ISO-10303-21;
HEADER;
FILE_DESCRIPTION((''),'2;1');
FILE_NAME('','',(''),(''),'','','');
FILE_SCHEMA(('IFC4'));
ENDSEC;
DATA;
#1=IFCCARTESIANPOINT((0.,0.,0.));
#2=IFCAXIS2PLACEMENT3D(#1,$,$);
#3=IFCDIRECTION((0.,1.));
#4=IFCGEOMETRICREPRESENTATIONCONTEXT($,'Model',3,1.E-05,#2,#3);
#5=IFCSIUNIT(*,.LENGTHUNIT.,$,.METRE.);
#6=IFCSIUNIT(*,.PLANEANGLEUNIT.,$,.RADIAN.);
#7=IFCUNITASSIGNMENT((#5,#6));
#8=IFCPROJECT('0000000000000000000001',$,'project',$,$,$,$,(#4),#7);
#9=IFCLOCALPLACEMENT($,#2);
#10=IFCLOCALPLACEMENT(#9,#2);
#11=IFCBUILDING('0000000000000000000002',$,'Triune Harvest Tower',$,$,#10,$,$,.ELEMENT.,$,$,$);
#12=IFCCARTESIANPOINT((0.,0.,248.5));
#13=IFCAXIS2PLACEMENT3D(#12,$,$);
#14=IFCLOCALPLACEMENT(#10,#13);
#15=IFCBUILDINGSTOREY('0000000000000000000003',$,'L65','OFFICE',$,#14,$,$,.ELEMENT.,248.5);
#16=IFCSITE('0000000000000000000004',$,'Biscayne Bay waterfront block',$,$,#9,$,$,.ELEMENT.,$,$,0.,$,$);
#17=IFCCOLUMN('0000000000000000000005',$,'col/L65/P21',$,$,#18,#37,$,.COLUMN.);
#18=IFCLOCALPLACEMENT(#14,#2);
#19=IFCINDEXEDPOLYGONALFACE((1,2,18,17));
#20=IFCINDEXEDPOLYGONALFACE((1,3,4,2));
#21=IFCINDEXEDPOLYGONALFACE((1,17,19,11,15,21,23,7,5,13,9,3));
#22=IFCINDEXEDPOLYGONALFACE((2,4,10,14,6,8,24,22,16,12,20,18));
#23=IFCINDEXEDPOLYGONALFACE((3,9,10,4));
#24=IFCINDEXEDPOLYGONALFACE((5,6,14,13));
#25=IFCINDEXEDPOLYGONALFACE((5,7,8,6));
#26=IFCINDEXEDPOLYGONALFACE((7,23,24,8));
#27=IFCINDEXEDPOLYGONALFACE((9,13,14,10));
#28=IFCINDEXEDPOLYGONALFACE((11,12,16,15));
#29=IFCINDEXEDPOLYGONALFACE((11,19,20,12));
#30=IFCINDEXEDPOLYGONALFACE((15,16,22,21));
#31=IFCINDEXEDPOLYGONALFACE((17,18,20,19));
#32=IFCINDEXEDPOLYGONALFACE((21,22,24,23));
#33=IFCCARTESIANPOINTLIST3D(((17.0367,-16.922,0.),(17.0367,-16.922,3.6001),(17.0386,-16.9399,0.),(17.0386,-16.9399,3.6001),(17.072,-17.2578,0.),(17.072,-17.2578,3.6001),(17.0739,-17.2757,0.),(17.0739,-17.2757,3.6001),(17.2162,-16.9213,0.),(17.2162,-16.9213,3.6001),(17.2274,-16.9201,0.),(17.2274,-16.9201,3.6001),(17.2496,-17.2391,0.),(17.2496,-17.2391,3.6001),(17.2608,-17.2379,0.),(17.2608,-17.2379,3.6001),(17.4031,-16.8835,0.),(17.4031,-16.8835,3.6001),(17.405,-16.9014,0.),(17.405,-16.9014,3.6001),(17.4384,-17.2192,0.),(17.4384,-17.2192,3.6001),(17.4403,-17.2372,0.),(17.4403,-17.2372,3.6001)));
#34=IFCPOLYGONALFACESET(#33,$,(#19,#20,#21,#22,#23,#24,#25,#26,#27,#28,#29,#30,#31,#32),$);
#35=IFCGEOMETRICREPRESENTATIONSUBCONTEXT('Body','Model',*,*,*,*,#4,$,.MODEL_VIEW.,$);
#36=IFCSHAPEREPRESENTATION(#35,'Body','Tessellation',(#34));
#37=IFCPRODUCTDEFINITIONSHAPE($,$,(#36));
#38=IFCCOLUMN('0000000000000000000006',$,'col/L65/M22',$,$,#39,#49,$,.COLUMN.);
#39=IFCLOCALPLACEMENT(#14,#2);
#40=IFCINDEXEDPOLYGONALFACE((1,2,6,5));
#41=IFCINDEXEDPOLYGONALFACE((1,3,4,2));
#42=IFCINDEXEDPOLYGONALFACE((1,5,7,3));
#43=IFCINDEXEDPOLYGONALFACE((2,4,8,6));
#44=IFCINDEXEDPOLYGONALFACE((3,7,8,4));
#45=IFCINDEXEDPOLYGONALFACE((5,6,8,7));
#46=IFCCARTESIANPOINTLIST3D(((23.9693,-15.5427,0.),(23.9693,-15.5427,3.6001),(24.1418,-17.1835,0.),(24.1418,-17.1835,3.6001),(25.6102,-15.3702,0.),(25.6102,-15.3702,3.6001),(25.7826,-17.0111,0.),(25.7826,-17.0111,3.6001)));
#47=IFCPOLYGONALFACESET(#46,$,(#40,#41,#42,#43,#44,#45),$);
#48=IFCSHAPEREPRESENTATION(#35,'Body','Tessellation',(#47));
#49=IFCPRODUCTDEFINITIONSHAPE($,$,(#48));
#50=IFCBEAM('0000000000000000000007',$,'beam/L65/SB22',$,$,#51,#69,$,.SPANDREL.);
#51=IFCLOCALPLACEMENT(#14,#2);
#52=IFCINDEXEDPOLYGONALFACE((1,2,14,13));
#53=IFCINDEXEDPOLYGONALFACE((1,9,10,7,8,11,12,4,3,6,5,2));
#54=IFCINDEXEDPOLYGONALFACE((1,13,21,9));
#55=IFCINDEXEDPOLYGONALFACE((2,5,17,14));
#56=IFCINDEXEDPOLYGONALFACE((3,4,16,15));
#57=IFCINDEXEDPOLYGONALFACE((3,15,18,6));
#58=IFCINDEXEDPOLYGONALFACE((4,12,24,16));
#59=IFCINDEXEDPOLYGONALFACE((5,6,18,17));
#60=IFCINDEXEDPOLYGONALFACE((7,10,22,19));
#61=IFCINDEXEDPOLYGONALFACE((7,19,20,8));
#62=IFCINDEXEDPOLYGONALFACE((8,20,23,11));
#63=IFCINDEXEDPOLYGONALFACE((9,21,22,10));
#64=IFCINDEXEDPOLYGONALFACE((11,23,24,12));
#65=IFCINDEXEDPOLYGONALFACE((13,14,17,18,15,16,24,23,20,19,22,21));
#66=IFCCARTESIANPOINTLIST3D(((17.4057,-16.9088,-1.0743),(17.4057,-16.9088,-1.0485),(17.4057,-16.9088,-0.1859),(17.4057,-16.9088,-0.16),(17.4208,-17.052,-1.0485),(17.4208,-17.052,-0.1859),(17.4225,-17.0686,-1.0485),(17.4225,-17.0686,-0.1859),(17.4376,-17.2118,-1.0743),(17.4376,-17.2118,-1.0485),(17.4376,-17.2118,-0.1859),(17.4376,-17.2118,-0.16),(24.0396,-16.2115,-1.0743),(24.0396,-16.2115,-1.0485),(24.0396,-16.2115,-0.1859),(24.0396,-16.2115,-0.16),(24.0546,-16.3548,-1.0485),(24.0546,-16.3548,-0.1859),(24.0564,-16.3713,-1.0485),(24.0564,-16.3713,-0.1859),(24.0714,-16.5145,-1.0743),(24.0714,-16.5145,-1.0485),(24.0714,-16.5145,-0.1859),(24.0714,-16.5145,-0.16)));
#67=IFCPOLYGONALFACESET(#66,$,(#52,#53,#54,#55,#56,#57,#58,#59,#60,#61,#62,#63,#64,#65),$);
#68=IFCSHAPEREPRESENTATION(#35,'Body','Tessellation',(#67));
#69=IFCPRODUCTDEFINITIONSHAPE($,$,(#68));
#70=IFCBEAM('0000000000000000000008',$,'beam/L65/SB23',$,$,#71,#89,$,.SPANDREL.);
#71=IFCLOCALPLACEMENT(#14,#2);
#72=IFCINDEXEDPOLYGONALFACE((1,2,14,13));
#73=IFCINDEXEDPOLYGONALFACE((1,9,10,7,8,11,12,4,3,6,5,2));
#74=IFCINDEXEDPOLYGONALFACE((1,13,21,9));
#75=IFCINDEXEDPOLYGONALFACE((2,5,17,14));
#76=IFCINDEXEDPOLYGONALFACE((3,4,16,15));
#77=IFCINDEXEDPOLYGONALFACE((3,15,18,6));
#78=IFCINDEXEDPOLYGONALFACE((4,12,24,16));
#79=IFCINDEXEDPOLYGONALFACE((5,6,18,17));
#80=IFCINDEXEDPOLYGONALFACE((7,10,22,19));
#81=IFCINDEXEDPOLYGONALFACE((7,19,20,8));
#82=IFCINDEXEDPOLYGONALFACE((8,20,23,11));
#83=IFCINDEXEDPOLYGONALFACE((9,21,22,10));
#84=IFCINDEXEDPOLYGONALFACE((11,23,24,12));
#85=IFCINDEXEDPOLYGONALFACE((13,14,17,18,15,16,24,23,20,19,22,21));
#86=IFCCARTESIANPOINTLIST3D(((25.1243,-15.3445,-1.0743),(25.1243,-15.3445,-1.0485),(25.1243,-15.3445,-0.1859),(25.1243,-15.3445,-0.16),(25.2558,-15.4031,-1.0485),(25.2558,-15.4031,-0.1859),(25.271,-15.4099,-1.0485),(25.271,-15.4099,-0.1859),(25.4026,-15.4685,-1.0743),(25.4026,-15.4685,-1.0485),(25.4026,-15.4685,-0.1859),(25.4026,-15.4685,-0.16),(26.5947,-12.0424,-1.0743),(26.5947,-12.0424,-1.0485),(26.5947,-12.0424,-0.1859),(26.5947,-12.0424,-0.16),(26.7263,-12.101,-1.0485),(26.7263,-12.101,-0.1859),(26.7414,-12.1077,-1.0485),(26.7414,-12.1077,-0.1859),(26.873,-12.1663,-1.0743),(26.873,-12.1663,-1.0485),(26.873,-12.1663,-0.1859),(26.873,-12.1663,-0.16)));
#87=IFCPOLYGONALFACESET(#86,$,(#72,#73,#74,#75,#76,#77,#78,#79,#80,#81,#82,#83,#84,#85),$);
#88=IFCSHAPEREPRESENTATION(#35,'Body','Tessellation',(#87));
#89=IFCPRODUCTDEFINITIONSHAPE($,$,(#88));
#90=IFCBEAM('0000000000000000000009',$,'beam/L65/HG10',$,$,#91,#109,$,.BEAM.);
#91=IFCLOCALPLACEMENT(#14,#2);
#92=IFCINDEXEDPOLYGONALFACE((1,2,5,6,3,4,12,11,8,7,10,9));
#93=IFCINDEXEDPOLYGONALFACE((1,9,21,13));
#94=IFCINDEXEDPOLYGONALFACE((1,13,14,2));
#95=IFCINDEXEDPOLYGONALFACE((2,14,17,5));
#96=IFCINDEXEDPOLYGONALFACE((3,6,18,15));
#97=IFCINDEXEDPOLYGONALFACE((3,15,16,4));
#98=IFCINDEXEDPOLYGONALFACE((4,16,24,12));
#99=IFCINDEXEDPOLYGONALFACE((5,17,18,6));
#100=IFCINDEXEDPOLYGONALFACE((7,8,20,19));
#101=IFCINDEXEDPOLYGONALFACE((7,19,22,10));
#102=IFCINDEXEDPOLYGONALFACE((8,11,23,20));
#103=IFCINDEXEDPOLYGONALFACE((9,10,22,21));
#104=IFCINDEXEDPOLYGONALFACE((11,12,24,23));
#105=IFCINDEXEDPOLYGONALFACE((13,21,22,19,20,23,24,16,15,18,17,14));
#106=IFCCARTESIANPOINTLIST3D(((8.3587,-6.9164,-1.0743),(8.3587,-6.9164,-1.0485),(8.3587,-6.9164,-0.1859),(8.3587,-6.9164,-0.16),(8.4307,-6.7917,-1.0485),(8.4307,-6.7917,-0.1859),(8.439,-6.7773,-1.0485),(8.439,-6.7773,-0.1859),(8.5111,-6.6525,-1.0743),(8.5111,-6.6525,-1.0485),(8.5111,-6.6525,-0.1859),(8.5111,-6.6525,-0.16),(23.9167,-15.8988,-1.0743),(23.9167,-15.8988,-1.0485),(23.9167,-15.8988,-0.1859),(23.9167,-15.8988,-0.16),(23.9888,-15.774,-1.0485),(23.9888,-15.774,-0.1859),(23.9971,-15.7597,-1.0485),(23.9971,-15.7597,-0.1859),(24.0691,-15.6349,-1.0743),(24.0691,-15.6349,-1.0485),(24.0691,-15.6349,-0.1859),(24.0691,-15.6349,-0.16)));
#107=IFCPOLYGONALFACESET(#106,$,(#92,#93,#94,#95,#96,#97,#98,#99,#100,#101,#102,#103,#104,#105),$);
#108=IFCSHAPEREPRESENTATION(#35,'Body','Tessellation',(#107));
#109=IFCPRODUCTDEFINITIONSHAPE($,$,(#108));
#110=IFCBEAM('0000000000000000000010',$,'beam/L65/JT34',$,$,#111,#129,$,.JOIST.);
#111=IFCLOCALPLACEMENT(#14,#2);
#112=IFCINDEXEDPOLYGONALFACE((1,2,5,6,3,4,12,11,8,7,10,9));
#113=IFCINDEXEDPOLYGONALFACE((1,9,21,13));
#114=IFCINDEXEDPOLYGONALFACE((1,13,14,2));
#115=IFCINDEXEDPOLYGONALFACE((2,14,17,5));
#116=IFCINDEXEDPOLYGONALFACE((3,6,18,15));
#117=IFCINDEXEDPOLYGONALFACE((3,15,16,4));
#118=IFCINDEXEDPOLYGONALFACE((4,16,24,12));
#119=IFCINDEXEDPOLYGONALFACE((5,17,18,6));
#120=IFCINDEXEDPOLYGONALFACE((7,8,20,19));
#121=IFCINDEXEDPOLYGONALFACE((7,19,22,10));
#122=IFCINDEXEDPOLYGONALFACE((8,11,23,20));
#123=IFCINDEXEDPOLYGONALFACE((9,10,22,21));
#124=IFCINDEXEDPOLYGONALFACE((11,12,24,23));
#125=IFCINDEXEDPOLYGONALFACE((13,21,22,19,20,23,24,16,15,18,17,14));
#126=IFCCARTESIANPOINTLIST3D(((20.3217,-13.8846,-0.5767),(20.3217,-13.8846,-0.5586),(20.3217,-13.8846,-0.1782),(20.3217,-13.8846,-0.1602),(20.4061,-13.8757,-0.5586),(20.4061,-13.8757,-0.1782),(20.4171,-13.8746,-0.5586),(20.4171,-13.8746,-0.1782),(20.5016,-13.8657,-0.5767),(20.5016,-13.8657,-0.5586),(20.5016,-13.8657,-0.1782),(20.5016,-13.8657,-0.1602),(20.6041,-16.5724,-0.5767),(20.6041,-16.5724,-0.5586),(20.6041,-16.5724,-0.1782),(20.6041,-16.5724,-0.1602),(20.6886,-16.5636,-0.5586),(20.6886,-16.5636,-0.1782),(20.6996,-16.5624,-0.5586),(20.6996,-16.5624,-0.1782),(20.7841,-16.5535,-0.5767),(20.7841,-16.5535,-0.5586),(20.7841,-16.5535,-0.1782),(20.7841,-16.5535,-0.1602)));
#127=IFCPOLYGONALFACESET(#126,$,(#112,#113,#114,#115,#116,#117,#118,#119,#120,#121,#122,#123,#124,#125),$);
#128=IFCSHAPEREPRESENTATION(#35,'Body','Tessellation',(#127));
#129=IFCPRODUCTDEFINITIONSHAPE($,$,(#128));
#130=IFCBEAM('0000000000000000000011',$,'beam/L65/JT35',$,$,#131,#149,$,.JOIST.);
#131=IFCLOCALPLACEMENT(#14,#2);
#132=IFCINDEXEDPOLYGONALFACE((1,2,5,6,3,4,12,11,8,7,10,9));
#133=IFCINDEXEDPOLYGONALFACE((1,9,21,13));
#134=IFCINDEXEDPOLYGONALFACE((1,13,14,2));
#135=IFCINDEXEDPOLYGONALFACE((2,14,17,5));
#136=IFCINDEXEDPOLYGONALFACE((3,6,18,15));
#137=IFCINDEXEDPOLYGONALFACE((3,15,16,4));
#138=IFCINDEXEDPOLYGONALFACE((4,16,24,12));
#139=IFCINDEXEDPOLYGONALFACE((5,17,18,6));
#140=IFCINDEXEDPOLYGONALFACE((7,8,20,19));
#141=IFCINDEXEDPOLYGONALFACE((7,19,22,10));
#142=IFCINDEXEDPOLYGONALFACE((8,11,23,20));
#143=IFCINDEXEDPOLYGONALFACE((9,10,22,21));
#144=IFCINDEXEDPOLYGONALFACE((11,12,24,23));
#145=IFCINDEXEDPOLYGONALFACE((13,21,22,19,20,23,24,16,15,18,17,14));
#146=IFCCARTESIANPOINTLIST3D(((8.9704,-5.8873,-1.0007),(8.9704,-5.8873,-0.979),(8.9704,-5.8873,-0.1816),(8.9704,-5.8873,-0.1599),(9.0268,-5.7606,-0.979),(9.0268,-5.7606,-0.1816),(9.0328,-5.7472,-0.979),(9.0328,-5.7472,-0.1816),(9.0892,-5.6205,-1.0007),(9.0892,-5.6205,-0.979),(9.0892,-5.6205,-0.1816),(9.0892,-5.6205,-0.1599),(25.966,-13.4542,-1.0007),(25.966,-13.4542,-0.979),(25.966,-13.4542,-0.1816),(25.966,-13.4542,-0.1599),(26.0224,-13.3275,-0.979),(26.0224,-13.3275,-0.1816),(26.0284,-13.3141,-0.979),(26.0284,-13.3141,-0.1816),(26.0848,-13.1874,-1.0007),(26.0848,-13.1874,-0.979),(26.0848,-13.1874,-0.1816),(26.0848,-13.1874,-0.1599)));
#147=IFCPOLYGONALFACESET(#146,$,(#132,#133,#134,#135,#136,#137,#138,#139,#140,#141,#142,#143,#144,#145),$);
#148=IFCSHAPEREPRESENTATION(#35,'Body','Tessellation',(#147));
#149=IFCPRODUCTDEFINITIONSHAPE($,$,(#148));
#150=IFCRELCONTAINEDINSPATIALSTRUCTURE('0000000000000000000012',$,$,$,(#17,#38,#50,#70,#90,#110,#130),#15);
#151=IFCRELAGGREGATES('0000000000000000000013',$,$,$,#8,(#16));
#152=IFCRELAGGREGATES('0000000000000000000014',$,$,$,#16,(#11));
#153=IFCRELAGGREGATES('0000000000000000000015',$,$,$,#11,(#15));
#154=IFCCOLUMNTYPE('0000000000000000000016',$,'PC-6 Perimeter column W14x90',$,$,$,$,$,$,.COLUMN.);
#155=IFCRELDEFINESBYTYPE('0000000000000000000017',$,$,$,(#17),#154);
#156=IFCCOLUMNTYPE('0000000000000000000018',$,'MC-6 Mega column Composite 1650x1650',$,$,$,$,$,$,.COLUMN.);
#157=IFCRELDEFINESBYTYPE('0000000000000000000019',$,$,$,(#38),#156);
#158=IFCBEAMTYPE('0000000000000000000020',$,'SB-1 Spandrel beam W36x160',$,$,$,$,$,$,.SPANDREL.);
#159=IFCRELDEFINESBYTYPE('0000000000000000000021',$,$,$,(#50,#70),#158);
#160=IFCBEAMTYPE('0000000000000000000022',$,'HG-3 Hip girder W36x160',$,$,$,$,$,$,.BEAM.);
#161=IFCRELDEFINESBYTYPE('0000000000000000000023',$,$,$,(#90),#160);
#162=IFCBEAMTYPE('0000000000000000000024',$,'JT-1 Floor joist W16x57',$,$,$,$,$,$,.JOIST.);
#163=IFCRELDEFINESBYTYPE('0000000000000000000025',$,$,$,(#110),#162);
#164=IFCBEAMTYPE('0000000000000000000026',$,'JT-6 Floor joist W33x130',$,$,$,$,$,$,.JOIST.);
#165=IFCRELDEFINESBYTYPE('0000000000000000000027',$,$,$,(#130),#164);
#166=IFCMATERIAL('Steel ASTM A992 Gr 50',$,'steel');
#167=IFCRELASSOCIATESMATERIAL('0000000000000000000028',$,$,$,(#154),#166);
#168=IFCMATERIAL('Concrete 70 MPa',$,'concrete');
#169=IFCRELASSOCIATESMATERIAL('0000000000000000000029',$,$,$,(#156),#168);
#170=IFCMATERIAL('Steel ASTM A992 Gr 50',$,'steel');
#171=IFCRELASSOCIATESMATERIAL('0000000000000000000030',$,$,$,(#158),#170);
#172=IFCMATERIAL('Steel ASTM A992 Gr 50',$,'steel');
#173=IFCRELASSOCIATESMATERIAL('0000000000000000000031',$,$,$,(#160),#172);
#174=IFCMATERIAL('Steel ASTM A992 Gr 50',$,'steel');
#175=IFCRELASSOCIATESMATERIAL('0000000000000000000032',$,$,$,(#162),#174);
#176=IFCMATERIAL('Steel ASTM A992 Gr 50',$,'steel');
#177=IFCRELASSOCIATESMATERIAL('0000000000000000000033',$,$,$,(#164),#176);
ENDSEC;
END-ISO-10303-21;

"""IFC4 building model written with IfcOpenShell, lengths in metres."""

from ifc_helpers import new_model, si_unit, direction, frame, origin, origin_2d, place, context, subcontext, project, spatial, rectangle, i_section, extrude, source, transform, mapped, material, material_profile, profile_set, type_object, element, save


model = new_model("IFC4")

# Units and contexts
model_context = context("Model", 3, precision=1e-05, world=origin(), true_north=direction((0.0, 1.0)))
body_context = subcontext(model_context, "Body", "Model", "MODEL_VIEW")
ifc_project = project(units=[si_unit("LENGTHUNIT", "METRE"), si_unit("PLANEANGLEUNIT", "RADIAN")], contexts=[model_context])

# Site, building, storey
site_placement = place(None, origin())
site = spatial("IfcSite", under=ifc_project, at=site_placement, Name="Biscayne Bay waterfront block", CompositionType="ELEMENT", RefElevation=0.0)
building_placement = place(site_placement, origin())
building = spatial("IfcBuilding", under=site, at=building_placement, Name="Triune Harvest Tower", CompositionType="ELEMENT")
storey_placement = place(building_placement, frame((0.0, 0.0, 248.5)))
storey = spatial("IfcBuildingStorey", under=building, at=storey_placement, Name="L65", Description="OFFICE", CompositionType="ELEMENT", Elevation=248.5)

# Columns
ifc_material_1 = material(Name="Steel ASTM A992 Gr 50", Category="steel")
ifc_material_profile_1 = material_profile(ifc_material_1, i_section(OverallWidth=0.3684, OverallDepth=0.3557, WebThickness=0.0112, FlangeThickness=0.0181, at=origin_2d()), Name="W14x90")
ifc_profile_set_1 = profile_set([ifc_material_profile_1], Name="Steel ASTM A992 Gr 50")
column_type_1 = type_object("IfcColumnType", Name="PC-6 Perimeter column W14x90", PredefinedType="COLUMN", material=ifc_profile_set_1)
shared_shape_1 = source(origin(), body_context, "Body", "SweptSolid", [
    extrude(i_section(OverallWidth=0.3684, OverallDepth=0.3557, WebThickness=0.0112, FlangeThickness=0.0181, at=origin_2d()), origin(), (0.0, 0.0, 1.0), 3.6001),
])
column_1_placement = place(storey_placement, frame((17.2385, -17.0796, 0.0), z_axis=(0.0, 0.0, 1.0), x_axis=(0.994522, 0.10453, 0.0)))
element("IfcColumn", 1, at=column_1_placement, inside=storey, type_object=column_type_1, Name="col/L65/P21", PredefinedType="COLUMN", context=body_context, shape_type="MappedRepresentation", body=[
    mapped(shared_shape_1, transform((0.0, 0.0, 0.0), scale=1.0)),
])
ifc_material_2 = material(Name="Concrete 70 MPa", Category="concrete")
ifc_material_profile_2 = material_profile(ifc_material_2, rectangle(XDim=1.6499, YDim=1.6499, at=origin_2d()), Name="Composite 1650x1650")
ifc_profile_set_2 = profile_set([ifc_material_profile_2], Name="Concrete 70 MPa")
column_type_2 = type_object("IfcColumnType", Name="MC-6 Mega column Composite 1650x1650", PredefinedType="COLUMN", material=ifc_profile_set_2)
shared_shape_2 = source(origin(), body_context, "Body", "SweptSolid", [
    extrude(rectangle(XDim=1.6499, YDim=1.6499, at=origin_2d()), origin(), (0.0, 0.0, 1.0), 3.6001),
])
column_2_placement = place(storey_placement, frame((24.876, -16.2769, 0.0), z_axis=(0.0, 0.0, 1.0), x_axis=(0.994522, 0.10453, 0.0)))
element("IfcColumn", 2, at=column_2_placement, inside=storey, type_object=column_type_2, Name="col/L65/M22", PredefinedType="COLUMN", context=body_context, shape_type="MappedRepresentation", body=[
    mapped(shared_shape_2, transform((0.0, 0.0, 0.0), scale=1.0)),
])

# Beams
ifc_material_3 = material(Name="Steel ASTM A992 Gr 50", Category="steel")
ifc_material_profile_3 = material_profile(ifc_material_3, i_section(OverallWidth=0.3047, OverallDepth=0.9143, WebThickness=0.0166, FlangeThickness=0.0259, at=origin_2d()), Name="W36x160")
ifc_profile_set_3 = profile_set([ifc_material_profile_3], Name="Steel ASTM A992 Gr 50")
beam_type_1 = type_object("IfcBeamType", Name="SB-1 Spandrel beam W36x160", PredefinedType="SPANDREL", material=ifc_profile_set_3)
shared_shape_3 = source(origin(), body_context, "Body", "SweptSolid", [
    extrude(i_section(OverallWidth=0.3047, OverallDepth=0.9143, WebThickness=0.0166, FlangeThickness=0.0259, at=origin_2d()), origin(), (0.0, 0.0, 1.0), 6.6704),
])
beam_1_placement = place(storey_placement, frame((17.4216, -17.0603, -0.6172), z_axis=(0.994521, 0.104532, 0.0), x_axis=(-0.104532, 0.994521, 0.0)))
element("IfcBeam", 3, at=beam_1_placement, inside=storey, type_object=beam_type_1, Name="beam/L65/SB22", PredefinedType="SPANDREL", context=body_context, shape_type="MappedRepresentation", body=[
    mapped(shared_shape_3, transform((0.0, 0.0, 0.0), scale=1.0)),
])
shared_shape_4 = source(origin(), body_context, "Body", "SweptSolid", [
    extrude(i_section(OverallWidth=0.3047, OverallDepth=0.9143, WebThickness=0.0166, FlangeThickness=0.0259, at=origin_2d()), origin(), (0.0, 0.0, 1.0), 3.6147),
])
beam_2_placement = place(storey_placement, frame((25.2634, -15.4065, -0.6172), z_axis=(0.406784, 0.913524, 0.0), x_axis=(-0.913524, 0.406784, 0.0)))
element("IfcBeam", 4, at=beam_2_placement, inside=storey, type_object=beam_type_1, Name="beam/L65/SB23", PredefinedType="SPANDREL", context=body_context, shape_type="MappedRepresentation", body=[
    mapped(shared_shape_4, transform((0.0, 0.0, 0.0), scale=1.0)),
])
ifc_material_4 = material(Name="Steel ASTM A992 Gr 50", Category="steel")
ifc_material_profile_4 = material_profile(ifc_material_4, i_section(OverallWidth=0.3047, OverallDepth=0.9143, WebThickness=0.0166, FlangeThickness=0.0259, at=origin_2d()), Name="W36x160")
ifc_profile_set_4 = profile_set([ifc_material_profile_4], Name="Steel ASTM A992 Gr 50")
beam_type_2 = type_object("IfcBeamType", Name="HG-3 Hip girder W36x160", PredefinedType="BEAM", material=ifc_profile_set_4)
shared_shape_5 = source(origin(), body_context, "Body", "SweptSolid", [
    extrude(i_section(OverallWidth=0.3047, OverallDepth=0.9143, WebThickness=0.0166, FlangeThickness=0.0259, at=origin_2d()), origin(), (0.0, 0.0, 1.0), 17.9648),
])
beam_3_placement = place(storey_placement, frame((23.9929, -15.7668, -0.6172), z_axis=(-0.866027, 0.499998, 0.0), x_axis=(-0.499998, -0.866027, 0.0)))
element("IfcBeam", 5, at=beam_3_placement, inside=storey, type_object=beam_type_2, Name="beam/L65/HG10", PredefinedType="BEAM", context=body_context, shape_type="MappedRepresentation", body=[
    mapped(shared_shape_5, transform((0.0, 0.0, 0.0), scale=1.0)),
])
ifc_material_5 = material(Name="Steel ASTM A992 Gr 50", Category="steel")
ifc_material_profile_5 = material_profile(ifc_material_5, i_section(OverallWidth=0.1809, OverallDepth=0.4165, WebThickness=0.011, FlangeThickness=0.0181, at=origin_2d()), Name="W16x57")
ifc_profile_set_5 = profile_set([ifc_material_profile_5], Name="Steel ASTM A992 Gr 50")
beam_type_3 = type_object("IfcBeamType", Name="JT-1 Floor joist W16x57", PredefinedType="JOIST", material=ifc_profile_set_5)
shared_shape_6 = source(origin(), body_context, "Body", "SweptSolid", [
    extrude(i_section(OverallWidth=0.1809, OverallDepth=0.4165, WebThickness=0.011, FlangeThickness=0.0181, at=origin_2d()), origin(), (0.0, 0.0, 1.0), 2.7026),
])
beam_4_placement = place(storey_placement, frame((20.6941, -16.563, -0.3684), z_axis=(-0.10452, 0.994523, 0.0), x_axis=(-0.994523, -0.10452, 0.0)))
element("IfcBeam", 6, at=beam_4_placement, inside=storey, type_object=beam_type_3, Name="beam/L65/JT34", PredefinedType="JOIST", context=body_context, shape_type="MappedRepresentation", body=[
    mapped(shared_shape_6, transform((0.0, 0.0, 0.0), scale=1.0)),
])
ifc_material_6 = material(Name="Steel ASTM A992 Gr 50", Category="steel")
ifc_material_profile_6 = material_profile(ifc_material_6, i_section(OverallWidth=0.292, OverallDepth=0.8408, WebThickness=0.0146, FlangeThickness=0.0217, at=origin_2d()), Name="W33x130")
ifc_profile_set_6 = profile_set([ifc_material_profile_6], Name="Steel ASTM A992 Gr 50")
beam_type_4 = type_object("IfcBeamType", Name="JT-6 Floor joist W33x130", PredefinedType="JOIST", material=ifc_profile_set_6)
shared_shape_7 = source(origin(), body_context, "Body", "SweptSolid", [
    extrude(i_section(OverallWidth=0.292, OverallDepth=0.8408, WebThickness=0.0146, FlangeThickness=0.0217, at=origin_2d()), origin(), (0.0, 0.0, 1.0), 18.604),
])
beam_5_placement = place(storey_placement, frame((26.0254, -13.3208, -0.5803), z_axis=(-0.913546, 0.406735, 0.0), x_axis=(-0.406735, -0.913546, 0.0)))
element("IfcBeam", 7, at=beam_5_placement, inside=storey, type_object=beam_type_4, Name="beam/L65/JT35", PredefinedType="JOIST", context=body_context, shape_type="MappedRepresentation", body=[
    mapped(shared_shape_7, transform((0.0, 0.0, 0.0), scale=1.0)),
])

save(model, "model.ifc")
